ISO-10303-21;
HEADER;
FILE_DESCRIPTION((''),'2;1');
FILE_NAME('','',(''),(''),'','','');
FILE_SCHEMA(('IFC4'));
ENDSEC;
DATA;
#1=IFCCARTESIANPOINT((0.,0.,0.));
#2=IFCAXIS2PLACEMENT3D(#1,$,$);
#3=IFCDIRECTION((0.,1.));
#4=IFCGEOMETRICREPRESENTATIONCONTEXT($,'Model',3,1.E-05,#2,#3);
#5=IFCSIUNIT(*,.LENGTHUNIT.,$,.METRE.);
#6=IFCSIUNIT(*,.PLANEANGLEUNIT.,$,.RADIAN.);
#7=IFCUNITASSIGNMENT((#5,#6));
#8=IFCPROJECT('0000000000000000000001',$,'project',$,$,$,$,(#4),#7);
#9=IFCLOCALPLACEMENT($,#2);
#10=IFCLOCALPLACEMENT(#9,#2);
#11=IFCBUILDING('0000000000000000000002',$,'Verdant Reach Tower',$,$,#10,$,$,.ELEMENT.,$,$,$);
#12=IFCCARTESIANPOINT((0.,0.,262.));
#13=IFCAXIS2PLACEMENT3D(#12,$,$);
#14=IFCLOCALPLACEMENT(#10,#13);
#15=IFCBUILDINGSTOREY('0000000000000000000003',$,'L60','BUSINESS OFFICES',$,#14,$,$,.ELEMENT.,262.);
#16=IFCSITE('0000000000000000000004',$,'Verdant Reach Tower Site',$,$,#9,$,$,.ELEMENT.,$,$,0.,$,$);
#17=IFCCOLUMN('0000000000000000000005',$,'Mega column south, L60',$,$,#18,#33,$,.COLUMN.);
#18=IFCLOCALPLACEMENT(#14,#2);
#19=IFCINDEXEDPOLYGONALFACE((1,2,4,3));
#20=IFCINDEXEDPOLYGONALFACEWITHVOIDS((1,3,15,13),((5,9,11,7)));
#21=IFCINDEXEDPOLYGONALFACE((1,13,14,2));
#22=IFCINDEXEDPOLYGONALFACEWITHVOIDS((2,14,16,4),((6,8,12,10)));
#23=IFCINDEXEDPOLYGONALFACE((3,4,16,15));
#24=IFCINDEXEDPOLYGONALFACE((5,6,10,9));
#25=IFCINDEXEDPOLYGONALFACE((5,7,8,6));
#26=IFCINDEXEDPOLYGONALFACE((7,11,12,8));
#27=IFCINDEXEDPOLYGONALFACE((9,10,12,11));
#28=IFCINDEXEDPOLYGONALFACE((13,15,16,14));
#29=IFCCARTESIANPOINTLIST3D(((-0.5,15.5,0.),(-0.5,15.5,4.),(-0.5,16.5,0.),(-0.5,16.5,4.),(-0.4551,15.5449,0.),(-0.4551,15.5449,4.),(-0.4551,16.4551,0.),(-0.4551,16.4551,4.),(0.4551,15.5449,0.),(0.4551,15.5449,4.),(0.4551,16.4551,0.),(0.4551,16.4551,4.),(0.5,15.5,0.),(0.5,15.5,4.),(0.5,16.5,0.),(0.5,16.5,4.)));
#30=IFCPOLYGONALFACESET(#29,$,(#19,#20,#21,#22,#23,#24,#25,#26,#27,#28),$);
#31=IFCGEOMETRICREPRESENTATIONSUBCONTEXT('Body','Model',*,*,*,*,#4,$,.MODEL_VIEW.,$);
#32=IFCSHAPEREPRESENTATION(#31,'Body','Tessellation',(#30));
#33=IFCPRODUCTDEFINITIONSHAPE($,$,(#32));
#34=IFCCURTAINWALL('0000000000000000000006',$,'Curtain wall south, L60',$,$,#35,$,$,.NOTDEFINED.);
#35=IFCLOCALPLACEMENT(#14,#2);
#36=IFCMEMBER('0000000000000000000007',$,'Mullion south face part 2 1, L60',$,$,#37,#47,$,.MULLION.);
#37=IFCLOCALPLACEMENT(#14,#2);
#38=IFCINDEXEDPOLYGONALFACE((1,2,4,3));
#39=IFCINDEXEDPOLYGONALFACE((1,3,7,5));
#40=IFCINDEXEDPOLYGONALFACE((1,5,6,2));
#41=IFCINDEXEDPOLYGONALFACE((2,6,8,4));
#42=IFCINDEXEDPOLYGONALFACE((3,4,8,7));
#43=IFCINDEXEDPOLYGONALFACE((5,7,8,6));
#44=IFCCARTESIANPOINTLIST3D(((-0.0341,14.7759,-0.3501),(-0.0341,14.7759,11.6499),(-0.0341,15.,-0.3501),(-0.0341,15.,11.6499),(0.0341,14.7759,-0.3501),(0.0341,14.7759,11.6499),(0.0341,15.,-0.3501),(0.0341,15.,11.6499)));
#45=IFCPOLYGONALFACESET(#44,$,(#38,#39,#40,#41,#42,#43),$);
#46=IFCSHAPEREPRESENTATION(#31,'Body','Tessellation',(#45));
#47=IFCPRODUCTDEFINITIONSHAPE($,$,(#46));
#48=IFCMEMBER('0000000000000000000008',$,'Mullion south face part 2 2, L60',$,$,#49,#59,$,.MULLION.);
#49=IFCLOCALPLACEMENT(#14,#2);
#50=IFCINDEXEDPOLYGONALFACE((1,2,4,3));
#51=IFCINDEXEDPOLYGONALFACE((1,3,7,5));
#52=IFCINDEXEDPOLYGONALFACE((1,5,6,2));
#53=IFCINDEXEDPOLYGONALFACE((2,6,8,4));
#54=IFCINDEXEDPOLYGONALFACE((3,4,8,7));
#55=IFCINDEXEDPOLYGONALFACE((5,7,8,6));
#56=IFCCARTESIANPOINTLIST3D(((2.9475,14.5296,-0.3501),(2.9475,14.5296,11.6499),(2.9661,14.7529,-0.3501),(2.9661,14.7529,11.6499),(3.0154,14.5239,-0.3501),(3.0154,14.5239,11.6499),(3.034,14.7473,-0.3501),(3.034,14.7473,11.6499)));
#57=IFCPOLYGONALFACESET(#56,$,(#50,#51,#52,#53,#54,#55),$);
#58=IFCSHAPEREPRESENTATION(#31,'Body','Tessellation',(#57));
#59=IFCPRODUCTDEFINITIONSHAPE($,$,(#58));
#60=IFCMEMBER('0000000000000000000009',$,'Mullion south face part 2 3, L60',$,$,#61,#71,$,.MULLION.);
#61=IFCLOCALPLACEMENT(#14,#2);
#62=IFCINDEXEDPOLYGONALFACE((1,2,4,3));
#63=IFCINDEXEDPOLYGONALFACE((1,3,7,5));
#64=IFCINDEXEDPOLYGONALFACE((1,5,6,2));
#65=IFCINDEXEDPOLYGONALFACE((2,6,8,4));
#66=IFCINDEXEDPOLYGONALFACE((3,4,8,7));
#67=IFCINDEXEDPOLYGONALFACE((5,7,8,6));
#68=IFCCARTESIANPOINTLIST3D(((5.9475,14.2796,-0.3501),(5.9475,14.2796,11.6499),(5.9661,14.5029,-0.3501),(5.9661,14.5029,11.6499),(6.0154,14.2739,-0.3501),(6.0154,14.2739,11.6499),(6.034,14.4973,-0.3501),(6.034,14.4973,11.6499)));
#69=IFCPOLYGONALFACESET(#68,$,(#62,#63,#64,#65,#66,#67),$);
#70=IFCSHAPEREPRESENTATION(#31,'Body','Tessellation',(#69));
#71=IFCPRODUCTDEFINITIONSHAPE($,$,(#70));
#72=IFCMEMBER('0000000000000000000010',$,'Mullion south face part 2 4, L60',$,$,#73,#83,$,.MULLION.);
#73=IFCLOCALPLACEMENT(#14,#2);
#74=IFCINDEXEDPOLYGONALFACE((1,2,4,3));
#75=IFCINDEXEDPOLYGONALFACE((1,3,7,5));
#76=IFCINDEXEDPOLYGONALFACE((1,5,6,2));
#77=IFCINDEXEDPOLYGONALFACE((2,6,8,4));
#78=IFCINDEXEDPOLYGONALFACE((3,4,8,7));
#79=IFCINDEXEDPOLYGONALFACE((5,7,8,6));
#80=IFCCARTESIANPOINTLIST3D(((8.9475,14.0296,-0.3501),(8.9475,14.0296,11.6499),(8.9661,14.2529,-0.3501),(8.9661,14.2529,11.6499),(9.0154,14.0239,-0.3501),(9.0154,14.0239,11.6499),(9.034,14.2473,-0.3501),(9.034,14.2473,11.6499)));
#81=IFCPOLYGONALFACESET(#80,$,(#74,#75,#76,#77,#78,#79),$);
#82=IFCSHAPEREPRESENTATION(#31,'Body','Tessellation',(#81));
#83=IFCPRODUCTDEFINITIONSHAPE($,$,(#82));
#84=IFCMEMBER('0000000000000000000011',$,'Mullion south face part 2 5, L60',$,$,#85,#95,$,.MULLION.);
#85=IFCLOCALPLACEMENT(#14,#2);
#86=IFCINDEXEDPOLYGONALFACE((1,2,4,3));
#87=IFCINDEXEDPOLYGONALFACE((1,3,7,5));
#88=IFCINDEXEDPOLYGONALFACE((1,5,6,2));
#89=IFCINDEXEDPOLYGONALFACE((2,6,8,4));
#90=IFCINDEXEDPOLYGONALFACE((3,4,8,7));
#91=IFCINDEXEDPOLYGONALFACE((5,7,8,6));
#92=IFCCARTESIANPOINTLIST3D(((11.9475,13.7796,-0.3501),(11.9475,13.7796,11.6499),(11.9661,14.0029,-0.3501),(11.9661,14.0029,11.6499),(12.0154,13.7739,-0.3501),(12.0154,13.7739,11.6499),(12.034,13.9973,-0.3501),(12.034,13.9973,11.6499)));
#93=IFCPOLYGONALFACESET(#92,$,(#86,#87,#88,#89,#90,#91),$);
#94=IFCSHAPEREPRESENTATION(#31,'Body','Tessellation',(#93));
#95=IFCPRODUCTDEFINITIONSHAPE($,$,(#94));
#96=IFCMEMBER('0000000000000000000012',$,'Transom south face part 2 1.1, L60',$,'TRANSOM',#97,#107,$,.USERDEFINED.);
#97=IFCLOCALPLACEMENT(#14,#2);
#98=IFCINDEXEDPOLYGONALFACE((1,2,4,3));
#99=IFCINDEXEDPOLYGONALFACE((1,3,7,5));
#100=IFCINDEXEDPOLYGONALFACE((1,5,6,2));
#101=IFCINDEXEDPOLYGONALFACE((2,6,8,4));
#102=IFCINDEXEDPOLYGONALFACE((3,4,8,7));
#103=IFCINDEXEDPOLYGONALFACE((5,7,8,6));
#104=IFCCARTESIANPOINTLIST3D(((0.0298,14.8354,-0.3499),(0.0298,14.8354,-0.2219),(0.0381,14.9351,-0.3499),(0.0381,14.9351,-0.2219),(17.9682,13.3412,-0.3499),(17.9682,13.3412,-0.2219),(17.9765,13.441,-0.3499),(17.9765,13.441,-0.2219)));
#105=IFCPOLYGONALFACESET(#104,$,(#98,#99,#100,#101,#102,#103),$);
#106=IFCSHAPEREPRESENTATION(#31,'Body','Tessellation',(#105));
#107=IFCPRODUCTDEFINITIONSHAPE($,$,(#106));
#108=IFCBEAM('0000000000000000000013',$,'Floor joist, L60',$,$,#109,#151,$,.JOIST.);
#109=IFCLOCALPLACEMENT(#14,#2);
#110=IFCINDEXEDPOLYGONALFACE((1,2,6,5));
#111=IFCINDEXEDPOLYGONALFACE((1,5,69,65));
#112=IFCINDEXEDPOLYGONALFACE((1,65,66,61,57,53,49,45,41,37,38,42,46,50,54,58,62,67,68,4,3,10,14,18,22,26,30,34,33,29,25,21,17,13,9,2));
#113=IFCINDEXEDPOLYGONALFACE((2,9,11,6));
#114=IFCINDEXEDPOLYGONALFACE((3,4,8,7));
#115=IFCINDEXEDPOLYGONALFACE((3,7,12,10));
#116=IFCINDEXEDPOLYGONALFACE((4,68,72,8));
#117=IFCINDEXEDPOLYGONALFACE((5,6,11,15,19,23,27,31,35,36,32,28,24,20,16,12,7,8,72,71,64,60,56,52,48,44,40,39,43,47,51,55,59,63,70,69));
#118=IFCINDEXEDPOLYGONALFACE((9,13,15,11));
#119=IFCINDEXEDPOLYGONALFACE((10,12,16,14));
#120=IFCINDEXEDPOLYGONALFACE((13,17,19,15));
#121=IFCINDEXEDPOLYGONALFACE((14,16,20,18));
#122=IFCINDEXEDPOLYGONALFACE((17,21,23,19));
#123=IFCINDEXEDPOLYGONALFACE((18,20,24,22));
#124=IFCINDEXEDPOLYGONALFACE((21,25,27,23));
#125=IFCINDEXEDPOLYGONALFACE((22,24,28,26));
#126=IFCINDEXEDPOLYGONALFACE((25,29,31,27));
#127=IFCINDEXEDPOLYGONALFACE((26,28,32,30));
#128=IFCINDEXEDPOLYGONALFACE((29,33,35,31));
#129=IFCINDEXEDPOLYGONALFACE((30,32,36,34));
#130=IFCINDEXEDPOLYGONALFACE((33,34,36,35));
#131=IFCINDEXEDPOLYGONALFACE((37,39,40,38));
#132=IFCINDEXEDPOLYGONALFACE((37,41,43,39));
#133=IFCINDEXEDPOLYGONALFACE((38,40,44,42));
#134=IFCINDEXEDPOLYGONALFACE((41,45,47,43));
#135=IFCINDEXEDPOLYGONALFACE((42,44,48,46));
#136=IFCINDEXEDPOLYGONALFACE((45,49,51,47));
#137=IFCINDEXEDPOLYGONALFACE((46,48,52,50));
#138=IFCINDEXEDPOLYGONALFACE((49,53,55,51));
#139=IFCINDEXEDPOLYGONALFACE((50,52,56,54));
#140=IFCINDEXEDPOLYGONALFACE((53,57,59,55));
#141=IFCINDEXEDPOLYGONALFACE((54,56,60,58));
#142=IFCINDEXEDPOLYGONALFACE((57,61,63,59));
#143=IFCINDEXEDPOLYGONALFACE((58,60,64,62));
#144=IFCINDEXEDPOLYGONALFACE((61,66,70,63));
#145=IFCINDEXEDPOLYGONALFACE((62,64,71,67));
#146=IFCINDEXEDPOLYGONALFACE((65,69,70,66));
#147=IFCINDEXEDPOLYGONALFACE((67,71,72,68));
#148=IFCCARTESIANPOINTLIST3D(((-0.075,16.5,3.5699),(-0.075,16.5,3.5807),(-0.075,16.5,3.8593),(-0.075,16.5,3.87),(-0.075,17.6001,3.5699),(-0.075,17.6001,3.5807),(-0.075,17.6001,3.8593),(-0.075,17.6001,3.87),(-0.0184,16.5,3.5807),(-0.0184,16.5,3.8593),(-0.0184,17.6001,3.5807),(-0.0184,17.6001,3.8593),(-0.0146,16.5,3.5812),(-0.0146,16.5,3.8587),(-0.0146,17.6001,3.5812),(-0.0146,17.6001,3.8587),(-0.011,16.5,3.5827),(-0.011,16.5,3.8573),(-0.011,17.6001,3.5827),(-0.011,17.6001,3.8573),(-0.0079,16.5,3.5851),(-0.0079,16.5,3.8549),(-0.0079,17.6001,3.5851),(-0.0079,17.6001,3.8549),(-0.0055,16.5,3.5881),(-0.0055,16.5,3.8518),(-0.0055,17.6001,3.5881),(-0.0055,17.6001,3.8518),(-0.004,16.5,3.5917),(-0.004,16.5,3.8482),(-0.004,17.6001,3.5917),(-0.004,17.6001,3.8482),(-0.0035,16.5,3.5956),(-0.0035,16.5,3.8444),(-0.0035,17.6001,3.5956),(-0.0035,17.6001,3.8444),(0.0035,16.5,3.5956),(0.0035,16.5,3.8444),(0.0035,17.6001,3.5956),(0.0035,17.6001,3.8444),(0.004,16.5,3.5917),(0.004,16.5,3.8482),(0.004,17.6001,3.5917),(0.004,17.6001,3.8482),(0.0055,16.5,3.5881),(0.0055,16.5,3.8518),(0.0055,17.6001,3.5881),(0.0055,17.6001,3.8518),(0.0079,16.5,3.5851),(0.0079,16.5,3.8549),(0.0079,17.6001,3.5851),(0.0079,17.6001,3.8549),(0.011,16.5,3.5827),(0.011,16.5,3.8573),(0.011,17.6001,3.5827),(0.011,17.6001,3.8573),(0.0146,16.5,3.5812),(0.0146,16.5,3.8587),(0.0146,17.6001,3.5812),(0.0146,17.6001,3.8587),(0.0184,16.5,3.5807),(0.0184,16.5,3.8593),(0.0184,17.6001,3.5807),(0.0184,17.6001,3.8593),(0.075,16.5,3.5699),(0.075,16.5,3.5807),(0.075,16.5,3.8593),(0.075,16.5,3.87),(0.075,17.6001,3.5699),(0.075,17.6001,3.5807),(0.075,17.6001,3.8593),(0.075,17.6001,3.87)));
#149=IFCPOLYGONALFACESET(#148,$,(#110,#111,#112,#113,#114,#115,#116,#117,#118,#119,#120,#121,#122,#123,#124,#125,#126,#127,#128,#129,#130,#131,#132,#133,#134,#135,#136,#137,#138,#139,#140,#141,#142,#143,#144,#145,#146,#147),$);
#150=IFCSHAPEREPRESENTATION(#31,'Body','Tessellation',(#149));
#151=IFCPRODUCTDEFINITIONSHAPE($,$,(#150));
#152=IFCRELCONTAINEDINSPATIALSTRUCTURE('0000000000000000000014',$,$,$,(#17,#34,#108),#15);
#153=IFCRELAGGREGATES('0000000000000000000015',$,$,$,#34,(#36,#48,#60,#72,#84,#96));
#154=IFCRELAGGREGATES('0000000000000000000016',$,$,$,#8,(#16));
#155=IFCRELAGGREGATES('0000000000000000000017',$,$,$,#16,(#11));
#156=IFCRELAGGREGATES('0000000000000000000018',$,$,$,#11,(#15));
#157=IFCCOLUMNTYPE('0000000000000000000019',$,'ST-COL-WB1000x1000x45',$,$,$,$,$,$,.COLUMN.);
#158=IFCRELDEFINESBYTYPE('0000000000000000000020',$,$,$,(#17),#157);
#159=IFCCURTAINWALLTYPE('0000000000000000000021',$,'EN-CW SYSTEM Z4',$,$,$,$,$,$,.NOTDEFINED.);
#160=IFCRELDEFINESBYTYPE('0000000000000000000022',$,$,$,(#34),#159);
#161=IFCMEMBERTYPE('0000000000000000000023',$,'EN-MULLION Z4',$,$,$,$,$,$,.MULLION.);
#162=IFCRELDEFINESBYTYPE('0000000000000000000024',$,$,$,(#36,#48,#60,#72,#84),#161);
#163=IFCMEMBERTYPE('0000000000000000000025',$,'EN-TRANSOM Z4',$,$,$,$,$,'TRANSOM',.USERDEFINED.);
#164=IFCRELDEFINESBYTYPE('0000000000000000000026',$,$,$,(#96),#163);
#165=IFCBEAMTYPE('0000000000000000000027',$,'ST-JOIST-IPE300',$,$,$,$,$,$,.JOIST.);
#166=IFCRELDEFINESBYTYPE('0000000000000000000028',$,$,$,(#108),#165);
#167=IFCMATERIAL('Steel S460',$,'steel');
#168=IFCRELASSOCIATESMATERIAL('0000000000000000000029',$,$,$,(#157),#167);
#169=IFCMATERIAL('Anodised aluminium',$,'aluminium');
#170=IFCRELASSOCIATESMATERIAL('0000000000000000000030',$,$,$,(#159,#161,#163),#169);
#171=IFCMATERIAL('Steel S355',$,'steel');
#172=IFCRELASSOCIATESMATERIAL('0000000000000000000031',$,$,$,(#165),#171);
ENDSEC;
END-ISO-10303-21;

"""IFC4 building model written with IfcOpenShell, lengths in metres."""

from ifc_helpers import new_model, si_unit, direction, frame, origin, origin_2d, place, context, subcontext, project, spatial, rectangle, hollow_rectangle, i_section, extrude, material, material_profile, profile_set, type_object, element, aggregate, save


model = new_model("IFC4")

# Units and contexts
model_context = context("Model", 3, precision=1e-05, world=origin(), true_north=direction((0.0, 1.0)))
body_context = subcontext(model_context, "Body", "Model", "MODEL_VIEW")
ifc_project = project(units=[si_unit("LENGTHUNIT", "METRE"), si_unit("PLANEANGLEUNIT", "RADIAN")], contexts=[model_context])

# Site, building, storey
site_placement = place(None, origin())
site = spatial("IfcSite", under=ifc_project, at=site_placement, Name="Verdant Reach Tower Site", CompositionType="ELEMENT", RefElevation=0.0)
building_placement = place(site_placement, origin())
building = spatial("IfcBuilding", under=site, at=building_placement, Name="Verdant Reach Tower", CompositionType="ELEMENT")
storey_placement = place(building_placement, frame((0.0, 0.0, 262.0)))
storey = spatial("IfcBuildingStorey", under=building, at=storey_placement, Name="L60", Description="BUSINESS OFFICES", CompositionType="ELEMENT", Elevation=262.0)

# Column
ifc_material_1 = material(Name="Steel S460", Category="steel")
ifc_material_profile_1 = material_profile(ifc_material_1, hollow_rectangle(XDim=1.0, YDim=1.0, WallThickness=0.0449, at=origin_2d()), Name="WB 1000x1000x45")
ifc_profile_set_1 = profile_set([ifc_material_profile_1], Name="Steel S460")
column_type = type_object("IfcColumnType", Name="ST-COL-WB1000x1000x45", PredefinedType="COLUMN", material=ifc_profile_set_1)
column_placement = place(storey_placement, frame((0.0, 16.0, 0.0), z_axis=(0.0, 0.0, 1.0), x_axis=(1.0, 0.0, 0.0)))
element("IfcColumn", 1, at=column_placement, inside=storey, type_object=column_type, Name="Mega column south, L60", PredefinedType="COLUMN", context=body_context, shape_type="SweptSolid", body=[
    extrude(hollow_rectangle(XDim=1.0, YDim=1.0, WallThickness=0.0449, at=origin_2d()), origin(), (0.0, 0.0, 1.0), 4.0),
])

# Curtain wall, members
ifc_material_2 = material(Name="Anodised aluminium", Category="aluminium")
curtain_wall_type = type_object("IfcCurtainWallType", Name="EN-CW SYSTEM Z4", PredefinedType="NOTDEFINED", material=ifc_material_2)
curtain_wall_placement = place(storey_placement, origin())
curtain_wall = element("IfcCurtainWall", 2, at=curtain_wall_placement, inside=storey, type_object=curtain_wall_type, Name="Curtain wall south, L60", PredefinedType="NOTDEFINED")
ifc_material_profile_2 = material_profile(ifc_material_2, rectangle(XDim=0.2241, YDim=0.0681, at=origin_2d()), Name="Mullion 68x224")
ifc_profile_set_2 = profile_set([ifc_material_profile_2], Name="Anodised aluminium")
member_type_1 = type_object("IfcMemberType", Name="EN-MULLION Z4", PredefinedType="MULLION", material=ifc_profile_set_2)
member_1_placement = place(storey_placement, frame((0.0, 14.8879, -0.3501), z_axis=(0.0, 0.0, 1.0), x_axis=(0.0, -1.0, 0.0)))
member_1 = element("IfcMember", 3, at=member_1_placement, type_object=member_type_1, Name="Mullion south face part 2 1, L60", PredefinedType="MULLION", context=body_context, shape_type="SweptSolid", body=[
    extrude(rectangle(XDim=0.2241, YDim=0.0681, at=origin_2d()), origin(), (0.0, 0.0, 1.0), 12.0),
])
member_2_placement = place(storey_placement, frame((2.9907, 14.6384, -0.3501), z_axis=(0.0, 0.0, 1.0), x_axis=(-0.083045, -0.996546, 0.0)))
member_2 = element("IfcMember", 4, at=member_2_placement, type_object=member_type_1, Name="Mullion south face part 2 2, L60", PredefinedType="MULLION", context=body_context, shape_type="SweptSolid", body=[
    extrude(rectangle(XDim=0.2241, YDim=0.0681, at=origin_2d()), origin(), (0.0, 0.0, 1.0), 12.0),
])
member_3_placement = place(storey_placement, frame((5.9907, 14.3884, -0.3501), z_axis=(0.0, 0.0, 1.0), x_axis=(-0.083045, -0.996546, 0.0)))
member_3 = element("IfcMember", 5, at=member_3_placement, type_object=member_type_1, Name="Mullion south face part 2 3, L60", PredefinedType="MULLION", context=body_context, shape_type="SweptSolid", body=[
    extrude(rectangle(XDim=0.2241, YDim=0.0681, at=origin_2d()), origin(), (0.0, 0.0, 1.0), 12.0),
])
member_4_placement = place(storey_placement, frame((8.9907, 14.1384, -0.3501), z_axis=(0.0, 0.0, 1.0), x_axis=(-0.083045, -0.996546, 0.0)))
member_4 = element("IfcMember", 6, at=member_4_placement, type_object=member_type_1, Name="Mullion south face part 2 4, L60", PredefinedType="MULLION", context=body_context, shape_type="SweptSolid", body=[
    extrude(rectangle(XDim=0.2241, YDim=0.0681, at=origin_2d()), origin(), (0.0, 0.0, 1.0), 12.0),
])
member_5_placement = place(storey_placement, frame((11.9907, 13.8884, -0.3501), z_axis=(0.0, 0.0, 1.0), x_axis=(-0.083045, -0.996546, 0.0)))
member_5 = element("IfcMember", 7, at=member_5_placement, type_object=member_type_1, Name="Mullion south face part 2 5, L60", PredefinedType="MULLION", context=body_context, shape_type="SweptSolid", body=[
    extrude(rectangle(XDim=0.2241, YDim=0.0681, at=origin_2d()), origin(), (0.0, 0.0, 1.0), 12.0),
])
ifc_material_profile_3 = material_profile(ifc_material_2, rectangle(XDim=0.1001, YDim=0.1279, at=origin_2d()), Name="Transom 128x100")
ifc_profile_set_3 = profile_set([ifc_material_profile_3], Name="Anodised aluminium")
member_type_2 = type_object("IfcMemberType", Name="EN-TRANSOM Z4", ElementType="TRANSOM", PredefinedType="USERDEFINED", material=ifc_profile_set_3)
member_6_placement = place(storey_placement, frame((0.0339, 14.8853, -0.2859), z_axis=(0.996549, -0.083005, 0.0), x_axis=(0.083005, 0.996549, 0.0)))
member_6 = element("IfcMember", 8, at=member_6_placement, type_object=member_type_2, Name="Transom south face part 2 1.1, L60", ObjectType="TRANSOM", PredefinedType="USERDEFINED", context=body_context, shape_type="SweptSolid", body=[
    extrude(rectangle(XDim=0.1001, YDim=0.1279, at=origin_2d()), origin(), (0.0, 0.0, 1.0), 18.0005),
])

# Beam
ifc_material_3 = material(Name="Steel S355", Category="steel")
ifc_material_profile_4 = material_profile(ifc_material_3, i_section(OverallWidth=0.1499, OverallDepth=0.3, WebThickness=0.0071, FlangeThickness=0.0107, FilletRadius=0.0149, at=origin_2d()), Name="IPE 300")
ifc_profile_set_4 = profile_set([ifc_material_profile_4], Name="Steel S355")
beam_type = type_object("IfcBeamType", Name="ST-JOIST-IPE300", PredefinedType="JOIST", material=ifc_profile_set_4)
beam_1_placement = place(storey_placement, frame((0.0, 17.6001, 3.72), z_axis=(0.0, -1.0, 0.0), x_axis=(1.0, 0.0, 0.0)))
element("IfcBeam", 9, at=beam_1_placement, inside=storey, type_object=beam_type, Name="Floor joist, L60", PredefinedType="JOIST", context=body_context, shape_type="SweptSolid", body=[
    extrude(i_section(OverallWidth=0.1499, OverallDepth=0.3, WebThickness=0.0071, FlangeThickness=0.0107, FilletRadius=0.0149, at=origin_2d()), origin(), (0.0, 0.0, 1.0), 1.1001),
])

aggregate(curtain_wall, [member_1, member_2, member_3, member_4, member_5, member_6])

save(model, "model.ifc")
